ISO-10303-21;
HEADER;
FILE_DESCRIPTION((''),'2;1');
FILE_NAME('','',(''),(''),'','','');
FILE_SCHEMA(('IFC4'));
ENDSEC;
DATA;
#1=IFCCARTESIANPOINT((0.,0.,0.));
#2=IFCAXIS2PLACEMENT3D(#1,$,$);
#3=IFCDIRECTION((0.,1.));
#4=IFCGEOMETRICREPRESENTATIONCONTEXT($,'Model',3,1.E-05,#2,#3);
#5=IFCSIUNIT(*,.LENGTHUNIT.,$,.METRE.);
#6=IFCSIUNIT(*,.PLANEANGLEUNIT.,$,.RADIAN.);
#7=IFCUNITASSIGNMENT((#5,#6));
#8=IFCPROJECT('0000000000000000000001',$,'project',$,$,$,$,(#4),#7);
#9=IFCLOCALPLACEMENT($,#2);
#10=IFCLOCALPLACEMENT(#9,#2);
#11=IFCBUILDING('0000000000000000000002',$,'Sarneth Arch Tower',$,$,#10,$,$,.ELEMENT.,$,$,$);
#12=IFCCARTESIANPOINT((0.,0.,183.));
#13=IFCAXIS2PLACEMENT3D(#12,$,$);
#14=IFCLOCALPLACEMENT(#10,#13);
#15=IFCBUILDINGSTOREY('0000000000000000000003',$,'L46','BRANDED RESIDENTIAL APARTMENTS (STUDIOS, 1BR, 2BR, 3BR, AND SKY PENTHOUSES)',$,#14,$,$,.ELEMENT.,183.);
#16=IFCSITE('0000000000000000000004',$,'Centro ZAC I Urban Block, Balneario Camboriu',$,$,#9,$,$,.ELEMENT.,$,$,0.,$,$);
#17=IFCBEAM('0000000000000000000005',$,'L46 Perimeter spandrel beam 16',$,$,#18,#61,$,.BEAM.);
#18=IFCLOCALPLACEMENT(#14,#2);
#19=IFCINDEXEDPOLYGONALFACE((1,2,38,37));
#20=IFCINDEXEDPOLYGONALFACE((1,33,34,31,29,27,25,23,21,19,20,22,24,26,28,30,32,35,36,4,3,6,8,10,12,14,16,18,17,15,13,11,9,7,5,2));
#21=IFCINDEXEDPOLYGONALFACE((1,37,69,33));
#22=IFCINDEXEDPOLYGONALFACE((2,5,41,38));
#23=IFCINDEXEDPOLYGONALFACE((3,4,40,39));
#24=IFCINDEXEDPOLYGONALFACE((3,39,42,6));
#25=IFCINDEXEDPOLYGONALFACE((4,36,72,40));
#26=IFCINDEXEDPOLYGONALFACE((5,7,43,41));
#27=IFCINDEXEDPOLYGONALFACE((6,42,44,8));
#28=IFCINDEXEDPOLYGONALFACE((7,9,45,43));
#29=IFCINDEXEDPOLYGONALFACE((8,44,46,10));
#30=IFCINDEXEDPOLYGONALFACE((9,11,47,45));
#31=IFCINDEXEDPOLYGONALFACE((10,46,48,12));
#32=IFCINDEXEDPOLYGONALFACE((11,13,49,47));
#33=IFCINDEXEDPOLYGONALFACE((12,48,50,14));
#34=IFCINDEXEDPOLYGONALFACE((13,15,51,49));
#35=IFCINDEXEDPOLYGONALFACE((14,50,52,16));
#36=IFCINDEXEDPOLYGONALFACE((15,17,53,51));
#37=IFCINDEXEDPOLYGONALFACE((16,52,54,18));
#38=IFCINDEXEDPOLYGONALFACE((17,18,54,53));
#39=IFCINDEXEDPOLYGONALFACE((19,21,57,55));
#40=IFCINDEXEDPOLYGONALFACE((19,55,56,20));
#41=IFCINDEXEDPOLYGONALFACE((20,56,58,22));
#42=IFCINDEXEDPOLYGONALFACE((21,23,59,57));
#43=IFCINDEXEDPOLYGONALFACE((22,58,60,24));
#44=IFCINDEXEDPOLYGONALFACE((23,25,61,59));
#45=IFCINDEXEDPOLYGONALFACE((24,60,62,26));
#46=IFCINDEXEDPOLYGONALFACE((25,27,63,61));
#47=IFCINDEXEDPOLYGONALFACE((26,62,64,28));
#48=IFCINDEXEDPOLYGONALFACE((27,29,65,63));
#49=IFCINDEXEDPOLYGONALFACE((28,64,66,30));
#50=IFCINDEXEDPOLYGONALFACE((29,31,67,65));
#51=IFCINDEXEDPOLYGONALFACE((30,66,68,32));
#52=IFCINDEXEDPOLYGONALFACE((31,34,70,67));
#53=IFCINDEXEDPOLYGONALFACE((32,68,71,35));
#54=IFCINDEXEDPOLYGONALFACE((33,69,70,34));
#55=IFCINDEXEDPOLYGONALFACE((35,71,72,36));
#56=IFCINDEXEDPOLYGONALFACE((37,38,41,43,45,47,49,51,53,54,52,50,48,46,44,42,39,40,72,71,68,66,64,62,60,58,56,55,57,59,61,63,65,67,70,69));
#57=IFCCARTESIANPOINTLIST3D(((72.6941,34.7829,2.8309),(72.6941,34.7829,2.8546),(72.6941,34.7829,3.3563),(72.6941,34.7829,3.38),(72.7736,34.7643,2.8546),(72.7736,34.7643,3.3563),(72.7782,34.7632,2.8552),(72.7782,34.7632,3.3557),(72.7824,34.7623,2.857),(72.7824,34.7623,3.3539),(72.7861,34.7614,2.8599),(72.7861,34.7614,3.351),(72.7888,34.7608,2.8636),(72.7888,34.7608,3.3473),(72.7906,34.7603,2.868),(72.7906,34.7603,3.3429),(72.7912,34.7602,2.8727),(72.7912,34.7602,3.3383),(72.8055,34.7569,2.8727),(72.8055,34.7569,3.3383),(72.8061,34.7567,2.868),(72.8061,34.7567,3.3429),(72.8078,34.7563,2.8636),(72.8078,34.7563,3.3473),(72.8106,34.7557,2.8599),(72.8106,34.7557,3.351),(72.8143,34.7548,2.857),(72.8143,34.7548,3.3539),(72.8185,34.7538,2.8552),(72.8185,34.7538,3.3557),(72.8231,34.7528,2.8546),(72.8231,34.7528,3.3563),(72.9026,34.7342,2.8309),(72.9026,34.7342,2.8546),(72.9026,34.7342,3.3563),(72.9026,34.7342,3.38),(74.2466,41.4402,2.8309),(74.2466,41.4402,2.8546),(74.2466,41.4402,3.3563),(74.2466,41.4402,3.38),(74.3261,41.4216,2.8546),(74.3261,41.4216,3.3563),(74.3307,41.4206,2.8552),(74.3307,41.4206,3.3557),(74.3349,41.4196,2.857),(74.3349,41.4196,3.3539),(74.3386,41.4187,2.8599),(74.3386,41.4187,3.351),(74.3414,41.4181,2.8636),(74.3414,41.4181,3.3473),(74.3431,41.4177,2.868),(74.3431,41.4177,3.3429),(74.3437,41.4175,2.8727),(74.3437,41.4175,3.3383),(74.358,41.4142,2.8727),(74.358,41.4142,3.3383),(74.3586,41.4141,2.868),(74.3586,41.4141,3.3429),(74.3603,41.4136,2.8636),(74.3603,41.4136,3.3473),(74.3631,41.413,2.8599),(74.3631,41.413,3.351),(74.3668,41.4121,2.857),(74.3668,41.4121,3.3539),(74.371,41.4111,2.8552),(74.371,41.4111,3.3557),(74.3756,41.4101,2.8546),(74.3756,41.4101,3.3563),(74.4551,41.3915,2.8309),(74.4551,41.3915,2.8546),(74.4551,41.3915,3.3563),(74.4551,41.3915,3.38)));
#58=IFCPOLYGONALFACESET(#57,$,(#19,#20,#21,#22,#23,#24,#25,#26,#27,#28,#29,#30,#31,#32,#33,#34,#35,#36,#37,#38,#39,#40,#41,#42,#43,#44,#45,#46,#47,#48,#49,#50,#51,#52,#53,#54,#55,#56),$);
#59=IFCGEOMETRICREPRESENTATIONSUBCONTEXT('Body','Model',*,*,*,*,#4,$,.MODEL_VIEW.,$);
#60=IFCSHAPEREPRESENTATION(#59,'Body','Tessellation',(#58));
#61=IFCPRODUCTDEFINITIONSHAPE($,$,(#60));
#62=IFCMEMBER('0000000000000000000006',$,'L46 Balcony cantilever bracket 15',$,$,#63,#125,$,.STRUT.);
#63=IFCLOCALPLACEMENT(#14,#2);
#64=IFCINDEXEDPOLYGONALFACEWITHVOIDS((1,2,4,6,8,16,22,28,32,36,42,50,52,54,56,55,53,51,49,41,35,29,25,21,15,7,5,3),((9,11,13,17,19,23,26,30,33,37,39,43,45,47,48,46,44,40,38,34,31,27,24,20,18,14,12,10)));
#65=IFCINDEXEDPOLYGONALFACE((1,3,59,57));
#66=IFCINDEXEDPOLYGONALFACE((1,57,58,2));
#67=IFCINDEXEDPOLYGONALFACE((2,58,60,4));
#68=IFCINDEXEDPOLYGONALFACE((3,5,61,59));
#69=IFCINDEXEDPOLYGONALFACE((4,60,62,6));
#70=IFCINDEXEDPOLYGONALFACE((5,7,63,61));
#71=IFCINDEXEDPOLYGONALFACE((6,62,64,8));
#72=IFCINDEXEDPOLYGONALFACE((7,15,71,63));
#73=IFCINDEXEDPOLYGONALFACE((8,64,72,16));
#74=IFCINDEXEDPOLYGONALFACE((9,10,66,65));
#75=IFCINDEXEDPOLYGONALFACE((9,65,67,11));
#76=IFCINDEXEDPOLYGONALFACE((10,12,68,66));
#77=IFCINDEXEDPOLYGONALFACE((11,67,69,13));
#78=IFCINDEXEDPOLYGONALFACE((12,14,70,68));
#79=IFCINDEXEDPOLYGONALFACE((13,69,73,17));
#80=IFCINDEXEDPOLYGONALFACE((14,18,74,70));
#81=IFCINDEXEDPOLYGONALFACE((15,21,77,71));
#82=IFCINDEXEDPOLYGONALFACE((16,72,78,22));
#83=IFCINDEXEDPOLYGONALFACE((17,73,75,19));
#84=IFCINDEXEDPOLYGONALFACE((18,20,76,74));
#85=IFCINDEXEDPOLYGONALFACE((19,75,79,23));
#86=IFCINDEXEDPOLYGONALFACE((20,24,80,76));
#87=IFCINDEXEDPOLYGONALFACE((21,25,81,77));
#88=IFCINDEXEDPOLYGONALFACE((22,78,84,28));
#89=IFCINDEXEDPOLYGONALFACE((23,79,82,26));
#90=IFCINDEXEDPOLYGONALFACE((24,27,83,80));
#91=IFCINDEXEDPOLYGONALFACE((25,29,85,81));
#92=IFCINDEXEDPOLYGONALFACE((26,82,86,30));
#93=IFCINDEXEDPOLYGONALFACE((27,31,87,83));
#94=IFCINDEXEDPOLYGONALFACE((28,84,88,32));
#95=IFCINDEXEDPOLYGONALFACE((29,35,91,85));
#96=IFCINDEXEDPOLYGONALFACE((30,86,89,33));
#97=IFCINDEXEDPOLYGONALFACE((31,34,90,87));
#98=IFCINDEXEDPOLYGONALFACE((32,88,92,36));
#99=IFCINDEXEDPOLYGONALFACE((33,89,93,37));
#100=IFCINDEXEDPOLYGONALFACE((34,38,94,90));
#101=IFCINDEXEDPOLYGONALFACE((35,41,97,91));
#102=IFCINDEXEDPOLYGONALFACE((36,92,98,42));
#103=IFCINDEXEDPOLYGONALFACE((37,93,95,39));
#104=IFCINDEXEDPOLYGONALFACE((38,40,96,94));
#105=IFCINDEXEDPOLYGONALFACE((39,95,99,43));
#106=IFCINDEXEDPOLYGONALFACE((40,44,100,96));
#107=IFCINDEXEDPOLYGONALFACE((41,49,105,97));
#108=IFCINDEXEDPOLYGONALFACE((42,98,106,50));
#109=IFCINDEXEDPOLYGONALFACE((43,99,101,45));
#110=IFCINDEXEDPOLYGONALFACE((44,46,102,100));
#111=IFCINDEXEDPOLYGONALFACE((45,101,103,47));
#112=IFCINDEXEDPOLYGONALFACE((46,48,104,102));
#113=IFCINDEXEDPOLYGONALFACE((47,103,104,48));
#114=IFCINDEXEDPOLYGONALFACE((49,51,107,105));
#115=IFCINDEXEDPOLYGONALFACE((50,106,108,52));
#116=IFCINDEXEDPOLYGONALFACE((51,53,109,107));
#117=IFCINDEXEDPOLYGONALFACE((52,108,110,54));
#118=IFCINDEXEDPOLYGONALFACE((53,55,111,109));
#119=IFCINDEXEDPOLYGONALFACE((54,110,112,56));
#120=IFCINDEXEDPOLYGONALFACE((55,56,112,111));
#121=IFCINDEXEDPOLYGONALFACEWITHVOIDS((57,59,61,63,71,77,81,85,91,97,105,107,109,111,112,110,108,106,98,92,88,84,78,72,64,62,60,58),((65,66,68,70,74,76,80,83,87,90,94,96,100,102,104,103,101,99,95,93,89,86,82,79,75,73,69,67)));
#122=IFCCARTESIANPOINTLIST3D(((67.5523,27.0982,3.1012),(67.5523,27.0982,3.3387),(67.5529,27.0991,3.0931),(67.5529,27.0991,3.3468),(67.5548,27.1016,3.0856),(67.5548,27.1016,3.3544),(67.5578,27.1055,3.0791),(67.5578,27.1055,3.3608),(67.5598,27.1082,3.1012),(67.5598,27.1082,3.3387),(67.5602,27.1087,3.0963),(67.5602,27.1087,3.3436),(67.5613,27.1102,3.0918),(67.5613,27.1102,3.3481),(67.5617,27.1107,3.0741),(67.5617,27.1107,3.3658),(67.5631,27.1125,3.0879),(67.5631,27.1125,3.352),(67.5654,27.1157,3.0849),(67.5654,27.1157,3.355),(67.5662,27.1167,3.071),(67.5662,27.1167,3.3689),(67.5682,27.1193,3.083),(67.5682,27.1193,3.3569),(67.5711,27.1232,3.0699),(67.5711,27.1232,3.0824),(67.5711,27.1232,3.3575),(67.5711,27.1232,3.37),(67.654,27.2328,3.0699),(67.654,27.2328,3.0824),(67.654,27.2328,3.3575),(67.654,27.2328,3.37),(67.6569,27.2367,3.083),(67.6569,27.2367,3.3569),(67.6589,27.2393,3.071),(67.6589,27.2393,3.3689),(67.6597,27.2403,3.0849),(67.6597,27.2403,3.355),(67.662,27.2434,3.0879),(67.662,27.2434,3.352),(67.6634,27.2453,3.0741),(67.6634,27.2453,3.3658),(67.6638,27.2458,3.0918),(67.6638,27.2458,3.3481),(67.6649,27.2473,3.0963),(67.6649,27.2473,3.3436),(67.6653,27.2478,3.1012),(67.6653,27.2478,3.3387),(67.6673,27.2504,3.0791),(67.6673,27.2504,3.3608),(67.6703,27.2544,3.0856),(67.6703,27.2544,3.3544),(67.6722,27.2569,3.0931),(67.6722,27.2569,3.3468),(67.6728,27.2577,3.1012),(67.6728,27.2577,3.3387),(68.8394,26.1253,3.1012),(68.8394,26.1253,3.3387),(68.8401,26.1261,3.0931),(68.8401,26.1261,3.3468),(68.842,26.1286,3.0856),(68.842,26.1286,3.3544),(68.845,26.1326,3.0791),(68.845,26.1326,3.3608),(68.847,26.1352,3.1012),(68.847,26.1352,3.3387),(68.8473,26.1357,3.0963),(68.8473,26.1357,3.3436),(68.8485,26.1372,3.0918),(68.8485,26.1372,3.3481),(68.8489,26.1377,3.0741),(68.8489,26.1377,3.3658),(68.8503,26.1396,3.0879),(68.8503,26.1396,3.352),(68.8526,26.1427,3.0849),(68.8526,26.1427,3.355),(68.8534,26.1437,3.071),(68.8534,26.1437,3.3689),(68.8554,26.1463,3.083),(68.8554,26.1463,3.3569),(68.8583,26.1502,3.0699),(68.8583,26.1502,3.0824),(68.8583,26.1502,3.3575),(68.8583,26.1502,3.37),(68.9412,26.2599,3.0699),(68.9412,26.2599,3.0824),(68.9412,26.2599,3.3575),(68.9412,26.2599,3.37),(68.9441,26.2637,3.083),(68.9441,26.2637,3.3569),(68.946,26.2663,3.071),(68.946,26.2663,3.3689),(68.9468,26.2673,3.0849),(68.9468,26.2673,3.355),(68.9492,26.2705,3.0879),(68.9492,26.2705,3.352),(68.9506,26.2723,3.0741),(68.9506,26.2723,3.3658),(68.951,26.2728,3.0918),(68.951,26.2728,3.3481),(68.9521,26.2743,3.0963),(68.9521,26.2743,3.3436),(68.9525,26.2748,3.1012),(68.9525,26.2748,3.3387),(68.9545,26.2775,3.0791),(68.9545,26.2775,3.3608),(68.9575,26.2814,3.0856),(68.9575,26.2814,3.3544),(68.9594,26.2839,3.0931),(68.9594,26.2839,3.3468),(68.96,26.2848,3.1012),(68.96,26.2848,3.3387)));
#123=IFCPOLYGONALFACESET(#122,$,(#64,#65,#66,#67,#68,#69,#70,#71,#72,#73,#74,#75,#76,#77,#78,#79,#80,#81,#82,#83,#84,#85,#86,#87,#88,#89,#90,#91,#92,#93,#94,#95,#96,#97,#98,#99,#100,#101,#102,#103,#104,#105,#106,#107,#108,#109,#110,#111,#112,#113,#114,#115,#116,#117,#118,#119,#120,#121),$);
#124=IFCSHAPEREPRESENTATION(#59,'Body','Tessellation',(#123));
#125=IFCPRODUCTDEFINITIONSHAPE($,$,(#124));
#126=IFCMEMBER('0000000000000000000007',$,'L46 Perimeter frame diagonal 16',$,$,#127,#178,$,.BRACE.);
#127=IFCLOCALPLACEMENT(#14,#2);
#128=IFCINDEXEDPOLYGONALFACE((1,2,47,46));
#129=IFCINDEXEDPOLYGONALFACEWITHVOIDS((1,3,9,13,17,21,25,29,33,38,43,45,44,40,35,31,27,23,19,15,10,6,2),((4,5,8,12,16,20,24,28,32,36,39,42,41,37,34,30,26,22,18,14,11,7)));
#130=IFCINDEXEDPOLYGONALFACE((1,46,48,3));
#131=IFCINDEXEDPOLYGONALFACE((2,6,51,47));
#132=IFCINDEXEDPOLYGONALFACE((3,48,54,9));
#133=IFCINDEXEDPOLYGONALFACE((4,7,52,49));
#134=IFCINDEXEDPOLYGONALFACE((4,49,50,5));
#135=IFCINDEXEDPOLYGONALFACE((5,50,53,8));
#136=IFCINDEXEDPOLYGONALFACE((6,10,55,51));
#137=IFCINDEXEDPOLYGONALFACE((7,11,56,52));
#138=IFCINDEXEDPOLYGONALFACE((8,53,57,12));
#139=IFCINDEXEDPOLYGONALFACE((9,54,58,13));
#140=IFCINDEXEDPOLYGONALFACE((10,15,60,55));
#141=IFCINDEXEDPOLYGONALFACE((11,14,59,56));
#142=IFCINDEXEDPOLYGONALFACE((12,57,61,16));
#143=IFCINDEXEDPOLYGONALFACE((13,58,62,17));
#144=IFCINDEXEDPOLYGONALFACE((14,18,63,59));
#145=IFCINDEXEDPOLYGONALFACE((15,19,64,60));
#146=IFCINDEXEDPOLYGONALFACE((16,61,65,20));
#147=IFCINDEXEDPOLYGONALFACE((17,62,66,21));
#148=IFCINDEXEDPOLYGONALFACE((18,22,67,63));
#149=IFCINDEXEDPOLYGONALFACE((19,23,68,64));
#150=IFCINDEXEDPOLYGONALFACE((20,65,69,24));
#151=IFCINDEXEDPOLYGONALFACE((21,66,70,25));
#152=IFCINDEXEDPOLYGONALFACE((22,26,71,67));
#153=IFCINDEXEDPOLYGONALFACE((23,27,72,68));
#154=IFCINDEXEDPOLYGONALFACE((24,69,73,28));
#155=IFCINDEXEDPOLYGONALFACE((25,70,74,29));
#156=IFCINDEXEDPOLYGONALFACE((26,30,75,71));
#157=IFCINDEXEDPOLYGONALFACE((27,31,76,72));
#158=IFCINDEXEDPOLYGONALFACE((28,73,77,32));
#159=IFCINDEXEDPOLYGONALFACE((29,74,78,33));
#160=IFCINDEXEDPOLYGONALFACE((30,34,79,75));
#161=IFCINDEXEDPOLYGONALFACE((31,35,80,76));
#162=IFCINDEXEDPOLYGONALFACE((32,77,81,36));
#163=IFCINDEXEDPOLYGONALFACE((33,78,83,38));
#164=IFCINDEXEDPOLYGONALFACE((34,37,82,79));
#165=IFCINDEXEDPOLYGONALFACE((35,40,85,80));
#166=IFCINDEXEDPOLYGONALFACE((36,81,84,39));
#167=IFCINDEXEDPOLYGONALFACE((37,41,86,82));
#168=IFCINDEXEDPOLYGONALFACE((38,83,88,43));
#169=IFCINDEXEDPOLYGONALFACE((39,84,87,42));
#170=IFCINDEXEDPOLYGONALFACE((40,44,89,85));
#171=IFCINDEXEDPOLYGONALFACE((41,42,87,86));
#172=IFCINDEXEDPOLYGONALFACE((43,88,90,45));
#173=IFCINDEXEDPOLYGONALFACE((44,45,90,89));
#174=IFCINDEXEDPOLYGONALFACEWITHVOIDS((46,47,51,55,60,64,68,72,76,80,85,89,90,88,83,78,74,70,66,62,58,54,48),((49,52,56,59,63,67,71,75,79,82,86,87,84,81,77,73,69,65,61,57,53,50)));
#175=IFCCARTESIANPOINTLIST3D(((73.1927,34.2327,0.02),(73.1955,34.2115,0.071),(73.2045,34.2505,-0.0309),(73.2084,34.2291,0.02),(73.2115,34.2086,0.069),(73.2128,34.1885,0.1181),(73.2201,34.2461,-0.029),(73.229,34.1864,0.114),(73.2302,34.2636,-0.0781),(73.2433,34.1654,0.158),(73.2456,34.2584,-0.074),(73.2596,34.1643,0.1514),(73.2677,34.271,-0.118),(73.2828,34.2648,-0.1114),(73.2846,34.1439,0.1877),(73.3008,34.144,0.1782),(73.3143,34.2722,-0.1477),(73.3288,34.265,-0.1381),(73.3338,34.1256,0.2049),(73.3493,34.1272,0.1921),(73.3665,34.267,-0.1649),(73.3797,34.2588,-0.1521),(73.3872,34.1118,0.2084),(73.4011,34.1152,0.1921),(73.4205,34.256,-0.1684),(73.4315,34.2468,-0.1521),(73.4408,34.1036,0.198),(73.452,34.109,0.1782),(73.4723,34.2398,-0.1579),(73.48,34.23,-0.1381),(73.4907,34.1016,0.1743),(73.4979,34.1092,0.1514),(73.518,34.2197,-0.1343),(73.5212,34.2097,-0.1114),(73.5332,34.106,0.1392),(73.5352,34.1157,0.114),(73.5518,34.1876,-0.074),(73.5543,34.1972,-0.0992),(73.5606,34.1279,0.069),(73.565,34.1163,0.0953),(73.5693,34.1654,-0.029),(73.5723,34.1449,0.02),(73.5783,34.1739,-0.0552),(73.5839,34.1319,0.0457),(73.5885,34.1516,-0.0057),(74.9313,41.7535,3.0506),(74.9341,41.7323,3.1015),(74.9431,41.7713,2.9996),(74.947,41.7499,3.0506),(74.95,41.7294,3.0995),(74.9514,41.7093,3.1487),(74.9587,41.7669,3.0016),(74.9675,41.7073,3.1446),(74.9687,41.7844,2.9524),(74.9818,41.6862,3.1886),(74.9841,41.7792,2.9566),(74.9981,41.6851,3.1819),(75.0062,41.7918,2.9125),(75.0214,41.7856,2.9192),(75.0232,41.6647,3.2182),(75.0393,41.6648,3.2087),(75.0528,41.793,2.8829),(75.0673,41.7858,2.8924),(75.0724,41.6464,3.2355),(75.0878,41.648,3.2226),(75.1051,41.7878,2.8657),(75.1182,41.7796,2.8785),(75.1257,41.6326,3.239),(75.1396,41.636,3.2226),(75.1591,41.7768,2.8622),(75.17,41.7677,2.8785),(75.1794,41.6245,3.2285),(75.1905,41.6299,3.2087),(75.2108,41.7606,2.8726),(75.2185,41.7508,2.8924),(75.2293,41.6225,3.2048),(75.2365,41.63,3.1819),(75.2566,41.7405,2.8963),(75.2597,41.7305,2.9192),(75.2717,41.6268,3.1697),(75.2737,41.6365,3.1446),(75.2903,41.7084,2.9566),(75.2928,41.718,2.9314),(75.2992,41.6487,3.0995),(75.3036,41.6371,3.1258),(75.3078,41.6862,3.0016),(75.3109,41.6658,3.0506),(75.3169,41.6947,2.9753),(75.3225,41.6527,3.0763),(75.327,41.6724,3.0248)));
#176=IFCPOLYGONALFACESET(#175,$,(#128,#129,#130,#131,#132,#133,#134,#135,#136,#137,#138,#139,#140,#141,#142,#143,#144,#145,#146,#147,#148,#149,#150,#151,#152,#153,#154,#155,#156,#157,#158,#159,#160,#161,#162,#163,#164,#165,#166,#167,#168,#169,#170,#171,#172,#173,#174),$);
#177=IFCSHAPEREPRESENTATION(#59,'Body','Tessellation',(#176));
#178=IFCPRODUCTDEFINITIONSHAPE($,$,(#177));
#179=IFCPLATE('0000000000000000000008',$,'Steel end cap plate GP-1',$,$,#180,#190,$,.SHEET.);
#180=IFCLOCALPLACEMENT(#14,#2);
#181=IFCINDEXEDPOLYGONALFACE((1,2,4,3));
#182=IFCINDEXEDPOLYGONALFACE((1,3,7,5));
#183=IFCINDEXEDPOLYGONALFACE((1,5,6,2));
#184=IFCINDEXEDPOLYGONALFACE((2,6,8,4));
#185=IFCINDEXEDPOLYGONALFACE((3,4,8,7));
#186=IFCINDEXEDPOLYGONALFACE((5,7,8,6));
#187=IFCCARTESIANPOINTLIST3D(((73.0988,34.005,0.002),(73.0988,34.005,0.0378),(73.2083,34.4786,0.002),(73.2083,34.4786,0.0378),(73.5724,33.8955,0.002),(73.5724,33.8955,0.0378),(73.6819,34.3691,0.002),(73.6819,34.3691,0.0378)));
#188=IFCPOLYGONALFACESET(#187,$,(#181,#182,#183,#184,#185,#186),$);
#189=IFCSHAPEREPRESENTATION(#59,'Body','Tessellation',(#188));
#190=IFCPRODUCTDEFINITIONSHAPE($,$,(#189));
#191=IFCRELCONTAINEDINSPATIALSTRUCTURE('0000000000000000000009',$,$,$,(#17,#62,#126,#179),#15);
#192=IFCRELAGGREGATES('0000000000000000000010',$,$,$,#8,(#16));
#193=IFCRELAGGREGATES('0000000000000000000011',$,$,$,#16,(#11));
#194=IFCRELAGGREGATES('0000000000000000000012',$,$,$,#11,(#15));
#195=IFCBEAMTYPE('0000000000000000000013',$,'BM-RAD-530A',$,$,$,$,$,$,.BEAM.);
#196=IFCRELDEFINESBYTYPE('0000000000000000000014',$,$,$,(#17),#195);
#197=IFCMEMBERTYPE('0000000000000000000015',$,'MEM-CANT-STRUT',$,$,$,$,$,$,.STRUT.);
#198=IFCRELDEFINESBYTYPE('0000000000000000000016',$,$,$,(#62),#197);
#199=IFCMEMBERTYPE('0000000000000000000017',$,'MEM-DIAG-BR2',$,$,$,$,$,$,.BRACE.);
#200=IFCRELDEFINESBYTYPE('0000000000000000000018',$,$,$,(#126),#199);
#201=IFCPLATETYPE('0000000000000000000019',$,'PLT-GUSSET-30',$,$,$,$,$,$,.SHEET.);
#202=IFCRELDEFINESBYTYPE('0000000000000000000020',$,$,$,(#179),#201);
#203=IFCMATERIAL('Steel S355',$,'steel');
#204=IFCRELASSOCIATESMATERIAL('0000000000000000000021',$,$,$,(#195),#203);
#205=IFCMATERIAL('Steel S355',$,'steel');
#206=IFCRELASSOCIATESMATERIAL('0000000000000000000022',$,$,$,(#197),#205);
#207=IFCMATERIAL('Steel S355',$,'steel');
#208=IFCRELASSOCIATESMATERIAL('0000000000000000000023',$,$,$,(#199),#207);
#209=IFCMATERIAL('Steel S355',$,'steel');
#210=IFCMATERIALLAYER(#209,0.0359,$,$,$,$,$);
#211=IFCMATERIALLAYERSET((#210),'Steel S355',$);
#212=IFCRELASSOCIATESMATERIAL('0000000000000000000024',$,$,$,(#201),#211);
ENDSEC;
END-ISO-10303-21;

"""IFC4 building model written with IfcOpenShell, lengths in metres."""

from ifc_helpers import new_model, si_unit, direction, frame, origin, origin_2d, place, context, subcontext, project, spatial, rectangle, hollow_rectangle, hollow_circle, i_section, extrude, material, layer, layer_set, material_profile, profile_set, type_object, element, save


model = new_model("IFC4")

# Units and contexts
model_context = context("Model", 3, precision=1e-05, world=origin(), true_north=direction((0.0, 1.0)))
body_context = subcontext(model_context, "Body", "Model", "MODEL_VIEW")
ifc_project = project(units=[si_unit("LENGTHUNIT", "METRE"), si_unit("PLANEANGLEUNIT", "RADIAN")], contexts=[model_context])

# Site, building, storey
site_placement = place(None, origin())
site = spatial("IfcSite", under=ifc_project, at=site_placement, Name="Centro ZAC I Urban Block, Balneario Camboriu", CompositionType="ELEMENT", RefElevation=0.0)
building_placement = place(site_placement, origin())
building = spatial("IfcBuilding", under=site, at=building_placement, Name="Sarneth Arch Tower", CompositionType="ELEMENT")
storey_placement = place(building_placement, frame((0.0, 0.0, 183.0)))
storey = spatial("IfcBuildingStorey", under=building, at=storey_placement, Name="L46", Description="BRANDED RESIDENTIAL APARTMENTS (STUDIOS, 1BR, 2BR, 3BR, AND SKY PENTHOUSES)", CompositionType="ELEMENT", Elevation=183.0)

# Beam
ifc_material_1 = material(Name="Steel S355", Category="steel")
ifc_material_profile_1 = material_profile(ifc_material_1, i_section(OverallWidth=0.2141, OverallDepth=0.5491, WebThickness=0.0146, FlangeThickness=0.0237, FilletRadius=0.0181, at=origin_2d()), Name="W530x138")
ifc_profile_set_1 = profile_set([ifc_material_profile_1], Name="Steel S355")
beam_type_1 = type_object("IfcBeamType", Name="BM-RAD-530A", PredefinedType="BEAM", material=ifc_profile_set_1)
beam_1_placement = place(storey_placement, frame((72.7983, 34.7585, 3.1055), z_axis=(0.22711, 0.973869, 0.0), x_axis=(-0.973869, 0.22711, 0.0)))
element("IfcBeam", 1, at=beam_1_placement, inside=storey, type_object=beam_type_1, Name="L46 Perimeter spandrel beam 16", PredefinedType="BEAM", context=body_context, shape_type="SweptSolid", body=[
    extrude(i_section(OverallWidth=0.2141, OverallDepth=0.5491, WebThickness=0.0146, FlangeThickness=0.0237, FilletRadius=0.0181, at=origin_2d()), origin(), (0.0, 0.0, 1.0), 6.8359),
])

# Members
ifc_material_2 = material(Name="Steel S355", Category="steel")
ifc_material_profile_2 = material_profile(ifc_material_2, hollow_rectangle(XDim=0.2, YDim=0.3, WallThickness=0.0125, InnerFilletRadius=0.0188, OuterFilletRadius=0.0312, at=origin_2d()), Name="RHS300x200x12.5")
ifc_profile_set_2 = profile_set([ifc_material_profile_2], Name="Steel S355")
member_type_1 = type_object("IfcMemberType", Name="MEM-CANT-STRUT", PredefinedType="STRUT", material=ifc_profile_set_2)
member_1_placement = place(storey_placement, frame((67.6125, 27.178, 3.22), z_axis=(0.797743, -0.602998, 0.0), x_axis=(0.602998, 0.797743, 0.0)))
element("IfcMember", 2, at=member_1_placement, inside=storey, type_object=member_type_1, Name="L46 Balcony cantilever bracket 15", PredefinedType="STRUT", context=body_context, shape_type="SweptSolid", body=[
    extrude(hollow_rectangle(XDim=0.2, YDim=0.3, WallThickness=0.0125, InnerFilletRadius=0.0188, OuterFilletRadius=0.0312, at=origin_2d()), origin(), (0.0, 0.0, 1.0), 1.6135),
])
ifc_material_3 = material(Name="Steel S355", Category="steel")
ifc_material_profile_3 = material_profile(ifc_material_3, hollow_circle(Radius=0.2029, WallThickness=0.0161, at=origin_2d()), Name="CHS406x16")
ifc_profile_set_3 = profile_set([ifc_material_profile_3], Name="Steel S355")
member_type_2 = type_object("IfcMemberType", Name="MEM-DIAG-BR2", PredefinedType="BRACE", material=ifc_profile_set_3)
member_2_placement = place(storey_placement, frame((73.3904, 34.187, 0.02), z_axis=(0.209646, 0.906917, 0.365446), x_axis=(-0.974307, 0.225224, 0.0)))
element("IfcMember", 3, at=member_2_placement, inside=storey, type_object=member_type_2, Name="L46 Perimeter frame diagonal 16", PredefinedType="BRACE", context=body_context, shape_type="SweptSolid", body=[
    extrude(hollow_circle(Radius=0.2029, WallThickness=0.0161, at=origin_2d()), origin(), (0.0, 0.0, 1.0), 8.2927),
])

# Plate
ifc_material_4 = material(Name="Steel S355", Category="steel")
ifc_layer_1 = layer(ifc_material_4, 0.0359)
ifc_layer_set_1 = layer_set([ifc_layer_1], Name="Steel S355")
plate_type = type_object("IfcPlateType", Name="PLT-GUSSET-30", PredefinedType="SHEET", material=ifc_layer_set_1)
plate_placement = place(storey_placement, frame((73.3904, 34.187, 0.002), z_axis=(0.0, 0.0, 1.0), x_axis=(0.225291, 0.974291, 0.0)))
element("IfcPlate", 4, at=plate_placement, inside=storey, type_object=plate_type, Name="Steel end cap plate GP-1", PredefinedType="SHEET", context=body_context, shape_type="SweptSolid", body=[
    extrude(rectangle(XDim=0.4861, YDim=0.4861, at=origin_2d()), origin(), (0.0, 0.0, 1.0), 0.0359),
])

save(model, "model.ifc")
